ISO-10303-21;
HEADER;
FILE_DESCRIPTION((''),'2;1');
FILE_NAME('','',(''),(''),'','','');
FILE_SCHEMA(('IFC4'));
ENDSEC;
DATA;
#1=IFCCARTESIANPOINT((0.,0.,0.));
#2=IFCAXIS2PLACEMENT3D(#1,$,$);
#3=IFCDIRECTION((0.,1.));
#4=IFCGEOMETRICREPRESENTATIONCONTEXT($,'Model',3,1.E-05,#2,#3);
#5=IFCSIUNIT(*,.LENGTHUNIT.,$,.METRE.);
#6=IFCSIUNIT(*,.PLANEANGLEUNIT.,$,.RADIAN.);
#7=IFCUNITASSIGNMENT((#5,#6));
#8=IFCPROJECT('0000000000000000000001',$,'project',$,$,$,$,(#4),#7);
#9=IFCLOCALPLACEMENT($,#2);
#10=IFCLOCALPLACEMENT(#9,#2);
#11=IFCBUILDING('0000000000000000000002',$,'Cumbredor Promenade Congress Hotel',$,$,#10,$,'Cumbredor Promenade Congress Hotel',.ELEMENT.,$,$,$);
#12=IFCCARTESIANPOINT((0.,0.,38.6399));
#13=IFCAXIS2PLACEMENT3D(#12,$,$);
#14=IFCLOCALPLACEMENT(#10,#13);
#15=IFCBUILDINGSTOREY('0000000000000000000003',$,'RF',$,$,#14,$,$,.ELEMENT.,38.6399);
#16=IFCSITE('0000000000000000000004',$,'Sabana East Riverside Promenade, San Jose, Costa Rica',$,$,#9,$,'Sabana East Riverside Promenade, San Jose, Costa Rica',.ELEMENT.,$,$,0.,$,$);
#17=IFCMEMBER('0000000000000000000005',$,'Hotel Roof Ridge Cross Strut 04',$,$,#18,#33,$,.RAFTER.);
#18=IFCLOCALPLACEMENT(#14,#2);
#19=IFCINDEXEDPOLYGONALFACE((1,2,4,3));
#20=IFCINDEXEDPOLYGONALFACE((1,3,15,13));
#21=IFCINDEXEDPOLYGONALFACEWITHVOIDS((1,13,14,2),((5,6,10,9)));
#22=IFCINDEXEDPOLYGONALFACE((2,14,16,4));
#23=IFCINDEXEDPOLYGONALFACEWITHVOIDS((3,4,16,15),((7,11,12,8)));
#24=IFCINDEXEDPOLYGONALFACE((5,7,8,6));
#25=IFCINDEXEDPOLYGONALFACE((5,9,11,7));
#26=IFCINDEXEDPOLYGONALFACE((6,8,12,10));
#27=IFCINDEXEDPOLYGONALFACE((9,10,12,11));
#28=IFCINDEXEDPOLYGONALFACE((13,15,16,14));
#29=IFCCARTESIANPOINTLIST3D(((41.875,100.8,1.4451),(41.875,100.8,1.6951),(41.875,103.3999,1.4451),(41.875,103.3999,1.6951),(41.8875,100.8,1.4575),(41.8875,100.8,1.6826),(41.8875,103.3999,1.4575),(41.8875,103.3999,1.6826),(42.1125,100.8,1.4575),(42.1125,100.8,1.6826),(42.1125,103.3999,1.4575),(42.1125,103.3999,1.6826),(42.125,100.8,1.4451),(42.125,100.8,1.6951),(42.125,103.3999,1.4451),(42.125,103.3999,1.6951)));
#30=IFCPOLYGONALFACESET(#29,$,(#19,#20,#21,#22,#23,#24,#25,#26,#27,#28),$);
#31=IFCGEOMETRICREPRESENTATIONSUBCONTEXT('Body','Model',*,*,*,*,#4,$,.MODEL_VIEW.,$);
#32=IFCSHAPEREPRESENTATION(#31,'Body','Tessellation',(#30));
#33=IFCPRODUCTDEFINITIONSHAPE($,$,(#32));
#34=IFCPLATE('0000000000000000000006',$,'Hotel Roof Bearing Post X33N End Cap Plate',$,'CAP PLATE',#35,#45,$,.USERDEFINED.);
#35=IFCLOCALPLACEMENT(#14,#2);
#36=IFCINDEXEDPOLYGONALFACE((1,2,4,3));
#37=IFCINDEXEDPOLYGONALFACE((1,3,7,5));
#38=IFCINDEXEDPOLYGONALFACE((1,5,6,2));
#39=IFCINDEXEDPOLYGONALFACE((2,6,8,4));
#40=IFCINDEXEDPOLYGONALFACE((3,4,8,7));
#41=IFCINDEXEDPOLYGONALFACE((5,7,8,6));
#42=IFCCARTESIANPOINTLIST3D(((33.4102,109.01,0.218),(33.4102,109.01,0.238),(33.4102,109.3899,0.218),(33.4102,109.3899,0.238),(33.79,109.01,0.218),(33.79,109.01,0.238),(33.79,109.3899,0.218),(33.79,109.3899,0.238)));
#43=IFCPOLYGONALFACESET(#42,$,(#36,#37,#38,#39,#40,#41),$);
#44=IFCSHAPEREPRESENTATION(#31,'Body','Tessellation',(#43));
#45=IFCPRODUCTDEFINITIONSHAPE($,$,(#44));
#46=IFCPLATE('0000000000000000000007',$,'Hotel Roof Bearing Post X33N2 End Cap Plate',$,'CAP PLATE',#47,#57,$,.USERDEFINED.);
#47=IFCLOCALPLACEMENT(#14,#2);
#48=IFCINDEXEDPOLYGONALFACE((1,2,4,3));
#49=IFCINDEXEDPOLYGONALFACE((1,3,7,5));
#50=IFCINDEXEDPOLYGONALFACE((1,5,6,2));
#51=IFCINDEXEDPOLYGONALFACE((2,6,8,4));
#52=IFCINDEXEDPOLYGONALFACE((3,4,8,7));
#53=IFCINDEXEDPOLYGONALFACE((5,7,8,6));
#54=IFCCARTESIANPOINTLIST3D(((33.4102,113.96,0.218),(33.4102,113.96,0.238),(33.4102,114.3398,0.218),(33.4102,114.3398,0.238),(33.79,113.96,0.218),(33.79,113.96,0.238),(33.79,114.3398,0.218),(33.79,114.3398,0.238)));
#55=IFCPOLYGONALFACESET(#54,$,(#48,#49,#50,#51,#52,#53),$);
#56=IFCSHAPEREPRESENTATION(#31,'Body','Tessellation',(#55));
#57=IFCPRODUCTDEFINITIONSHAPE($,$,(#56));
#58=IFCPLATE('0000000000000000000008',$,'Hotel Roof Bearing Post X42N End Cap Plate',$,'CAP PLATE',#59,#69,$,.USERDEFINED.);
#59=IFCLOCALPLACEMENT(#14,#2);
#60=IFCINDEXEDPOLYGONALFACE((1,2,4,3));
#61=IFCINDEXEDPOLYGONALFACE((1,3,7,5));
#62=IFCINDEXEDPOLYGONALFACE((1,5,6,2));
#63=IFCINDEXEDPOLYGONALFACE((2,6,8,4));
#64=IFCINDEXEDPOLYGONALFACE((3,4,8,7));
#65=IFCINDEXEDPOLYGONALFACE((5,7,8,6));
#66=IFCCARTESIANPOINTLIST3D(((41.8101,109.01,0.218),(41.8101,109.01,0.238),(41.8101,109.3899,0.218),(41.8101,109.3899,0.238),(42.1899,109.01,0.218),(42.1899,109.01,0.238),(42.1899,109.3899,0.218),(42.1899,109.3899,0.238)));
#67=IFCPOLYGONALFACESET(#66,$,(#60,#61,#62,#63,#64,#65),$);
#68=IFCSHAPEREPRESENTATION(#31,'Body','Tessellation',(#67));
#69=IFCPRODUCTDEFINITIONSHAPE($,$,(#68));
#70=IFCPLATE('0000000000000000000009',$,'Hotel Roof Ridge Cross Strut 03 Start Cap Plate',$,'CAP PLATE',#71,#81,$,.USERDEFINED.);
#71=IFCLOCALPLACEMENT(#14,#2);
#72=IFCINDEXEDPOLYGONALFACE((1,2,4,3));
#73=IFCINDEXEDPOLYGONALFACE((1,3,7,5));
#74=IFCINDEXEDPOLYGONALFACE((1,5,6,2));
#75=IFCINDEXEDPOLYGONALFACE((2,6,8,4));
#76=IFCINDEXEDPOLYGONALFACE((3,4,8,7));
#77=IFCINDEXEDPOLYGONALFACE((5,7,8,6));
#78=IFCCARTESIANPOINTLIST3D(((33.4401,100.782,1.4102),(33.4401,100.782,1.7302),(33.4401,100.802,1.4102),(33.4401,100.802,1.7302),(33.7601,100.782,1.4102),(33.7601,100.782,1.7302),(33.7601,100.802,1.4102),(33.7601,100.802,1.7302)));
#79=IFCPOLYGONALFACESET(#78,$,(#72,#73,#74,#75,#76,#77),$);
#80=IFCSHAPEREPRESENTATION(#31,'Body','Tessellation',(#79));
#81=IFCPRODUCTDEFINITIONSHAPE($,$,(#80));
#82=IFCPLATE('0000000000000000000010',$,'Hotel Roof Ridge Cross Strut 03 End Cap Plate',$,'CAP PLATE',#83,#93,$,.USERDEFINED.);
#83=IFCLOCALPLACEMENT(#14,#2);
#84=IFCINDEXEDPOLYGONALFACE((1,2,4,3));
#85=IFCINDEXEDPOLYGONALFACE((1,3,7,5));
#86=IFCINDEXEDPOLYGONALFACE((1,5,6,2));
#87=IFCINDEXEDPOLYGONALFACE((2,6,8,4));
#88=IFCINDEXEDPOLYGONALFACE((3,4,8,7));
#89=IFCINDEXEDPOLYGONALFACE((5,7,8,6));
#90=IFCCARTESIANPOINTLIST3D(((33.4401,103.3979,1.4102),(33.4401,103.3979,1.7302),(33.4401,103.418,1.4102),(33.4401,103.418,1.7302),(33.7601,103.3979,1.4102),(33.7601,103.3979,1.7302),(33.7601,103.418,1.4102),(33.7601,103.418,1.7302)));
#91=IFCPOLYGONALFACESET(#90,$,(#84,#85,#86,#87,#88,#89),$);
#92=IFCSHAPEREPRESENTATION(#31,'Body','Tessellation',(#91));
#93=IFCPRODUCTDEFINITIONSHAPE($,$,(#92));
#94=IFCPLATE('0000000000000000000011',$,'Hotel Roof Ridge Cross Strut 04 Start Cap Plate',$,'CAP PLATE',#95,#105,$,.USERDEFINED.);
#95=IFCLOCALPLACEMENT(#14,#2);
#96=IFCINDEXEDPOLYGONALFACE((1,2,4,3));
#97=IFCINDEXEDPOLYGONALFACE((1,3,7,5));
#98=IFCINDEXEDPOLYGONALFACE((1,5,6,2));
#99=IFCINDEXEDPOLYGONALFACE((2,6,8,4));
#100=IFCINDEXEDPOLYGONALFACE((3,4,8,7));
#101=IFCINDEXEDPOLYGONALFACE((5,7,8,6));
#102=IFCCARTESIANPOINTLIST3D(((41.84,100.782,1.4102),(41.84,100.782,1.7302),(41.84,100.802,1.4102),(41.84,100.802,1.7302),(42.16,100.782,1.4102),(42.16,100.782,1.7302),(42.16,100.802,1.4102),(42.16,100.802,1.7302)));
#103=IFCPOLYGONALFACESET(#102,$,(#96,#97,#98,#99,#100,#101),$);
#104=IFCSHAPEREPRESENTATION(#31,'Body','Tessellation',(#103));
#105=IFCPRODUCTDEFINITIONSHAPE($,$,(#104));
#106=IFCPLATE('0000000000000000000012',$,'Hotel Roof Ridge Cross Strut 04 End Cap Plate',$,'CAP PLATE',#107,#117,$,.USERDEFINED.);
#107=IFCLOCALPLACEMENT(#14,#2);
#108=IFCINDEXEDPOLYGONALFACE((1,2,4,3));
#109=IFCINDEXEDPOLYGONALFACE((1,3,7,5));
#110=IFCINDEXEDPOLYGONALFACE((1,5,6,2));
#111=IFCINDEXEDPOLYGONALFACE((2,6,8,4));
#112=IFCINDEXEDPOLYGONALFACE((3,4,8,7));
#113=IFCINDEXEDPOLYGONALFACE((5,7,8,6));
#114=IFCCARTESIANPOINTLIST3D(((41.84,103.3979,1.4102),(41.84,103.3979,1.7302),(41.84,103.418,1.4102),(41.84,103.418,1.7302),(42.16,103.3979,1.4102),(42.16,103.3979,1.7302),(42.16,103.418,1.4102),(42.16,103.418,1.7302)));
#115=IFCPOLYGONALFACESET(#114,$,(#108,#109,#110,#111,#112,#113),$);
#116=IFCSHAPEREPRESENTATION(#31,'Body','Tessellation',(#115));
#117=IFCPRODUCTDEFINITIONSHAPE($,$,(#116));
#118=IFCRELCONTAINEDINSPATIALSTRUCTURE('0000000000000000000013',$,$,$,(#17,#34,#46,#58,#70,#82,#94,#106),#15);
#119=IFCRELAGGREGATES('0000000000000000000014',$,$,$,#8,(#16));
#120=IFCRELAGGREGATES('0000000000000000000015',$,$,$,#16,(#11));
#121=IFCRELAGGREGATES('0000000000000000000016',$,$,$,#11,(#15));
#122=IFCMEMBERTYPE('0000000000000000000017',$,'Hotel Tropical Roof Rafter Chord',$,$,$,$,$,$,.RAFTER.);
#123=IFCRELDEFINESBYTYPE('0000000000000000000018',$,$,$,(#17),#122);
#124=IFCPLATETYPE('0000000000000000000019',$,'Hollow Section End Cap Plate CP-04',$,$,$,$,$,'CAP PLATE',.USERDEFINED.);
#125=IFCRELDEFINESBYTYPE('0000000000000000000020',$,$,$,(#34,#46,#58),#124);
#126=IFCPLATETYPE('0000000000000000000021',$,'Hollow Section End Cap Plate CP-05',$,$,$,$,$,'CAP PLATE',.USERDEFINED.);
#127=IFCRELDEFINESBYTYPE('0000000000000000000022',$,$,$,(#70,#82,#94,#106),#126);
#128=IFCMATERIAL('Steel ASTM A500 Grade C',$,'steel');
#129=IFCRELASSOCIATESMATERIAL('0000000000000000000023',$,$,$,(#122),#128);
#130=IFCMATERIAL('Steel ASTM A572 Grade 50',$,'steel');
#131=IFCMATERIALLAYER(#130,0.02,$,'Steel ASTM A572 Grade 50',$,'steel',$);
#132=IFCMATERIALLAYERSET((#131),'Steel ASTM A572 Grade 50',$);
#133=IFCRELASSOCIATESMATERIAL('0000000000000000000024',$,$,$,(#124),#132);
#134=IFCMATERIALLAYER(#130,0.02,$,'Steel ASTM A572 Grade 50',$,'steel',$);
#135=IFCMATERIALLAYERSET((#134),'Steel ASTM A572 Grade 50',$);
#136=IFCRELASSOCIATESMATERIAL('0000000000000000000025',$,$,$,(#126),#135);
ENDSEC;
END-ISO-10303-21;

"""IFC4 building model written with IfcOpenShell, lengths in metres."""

from ifc_helpers import new_model, si_unit, direction, frame, origin, origin_2d, place, context, subcontext, project, spatial, rectangle, hollow_rectangle, extrude, material, layer, layer_set, material_profile, profile_set, type_object, element, save


model = new_model("IFC4")

# Units and contexts
model_context = context("Model", 3, precision=1e-05, world=origin(), true_north=direction((0.0, 1.0)))
body_context = subcontext(model_context, "Body", "Model", "MODEL_VIEW")
ifc_project = project(units=[si_unit("LENGTHUNIT", "METRE"), si_unit("PLANEANGLEUNIT", "RADIAN")], contexts=[model_context])

# Site, building, storey
site_placement = place(None, origin())
site = spatial("IfcSite", under=ifc_project, at=site_placement, Name="Sabana East Riverside Promenade, San Jose, Costa Rica", LongName="Sabana East Riverside Promenade, San Jose, Costa Rica", CompositionType="ELEMENT", RefElevation=0.0)
building_placement = place(site_placement, origin())
building = spatial("IfcBuilding", under=site, at=building_placement, Name="Cumbredor Promenade Congress Hotel", LongName="Cumbredor Promenade Congress Hotel", CompositionType="ELEMENT")
storey_placement = place(building_placement, frame((0.0, 0.0, 38.6399)))
storey = spatial("IfcBuildingStorey", under=building, at=storey_placement, Name="RF", CompositionType="ELEMENT", Elevation=38.6399)

# Shared definitions
ifc_material_1 = material(Name="Steel ASTM A500 Grade C", Category="steel")

# Member
ifc_material_profile_1 = material_profile(ifc_material_1, hollow_rectangle(XDim=0.25, YDim=0.25, WallThickness=0.0125, at=origin_2d()), Name="HSS 250x250x12.5")
ifc_profile_set_1 = profile_set([ifc_material_profile_1], Name="Steel ASTM A500 Grade C")
member_type = type_object("IfcMemberType", Name="Hotel Tropical Roof Rafter Chord", PredefinedType="RAFTER", material=ifc_profile_set_1)
for number, where, z_axis, x_axis, name in (
    (1, (42.0, 100.8, 1.5701), (0.0, 1.0, 0.0), (-1.0, 0.0, 0.0), "Hotel Roof Ridge Cross Strut 04"),
):
    element("IfcMember", number, at=place(storey_placement, frame(where, z_axis=z_axis, x_axis=x_axis)), inside=storey, type_object=member_type, Name=name, PredefinedType="RAFTER", context=body_context, shape_type="SweptSolid", body=[
        extrude(hollow_rectangle(XDim=0.25, YDim=0.25, WallThickness=0.0125, at=origin_2d()), origin(), (0.0, 0.0, 1.0), 2.5999),
    ])

# Plates
ifc_material_2 = material(Name="Steel ASTM A572 Grade 50", Category="steel")
ifc_layer_1 = layer(ifc_material_2, 0.02, Name="Steel ASTM A572 Grade 50", Category="steel")
ifc_layer_set_1 = layer_set([ifc_layer_1], Name="Steel ASTM A572 Grade 50")
plate_type_1 = type_object("IfcPlateType", Name="Hollow Section End Cap Plate CP-04", ElementType="CAP PLATE", PredefinedType="USERDEFINED", material=ifc_layer_set_1)
for number, where, z_axis, x_axis, name in (
    (2, (33.6001, 109.2, 0.218), (0.0, 0.0, 1.0), (1.0, 0.0, 0.0), "Hotel Roof Bearing Post X33N End Cap Plate"),
    (3, (33.6001, 114.1499, 0.218), (0.0, 0.0, 1.0), (1.0, 0.0, 0.0), "Hotel Roof Bearing Post X33N2 End Cap Plate"),
    (4, (42.0, 109.2, 0.218), (0.0, 0.0, 1.0), (1.0, 0.0, 0.0), "Hotel Roof Bearing Post X42N End Cap Plate"),
):
    element("IfcPlate", number, at=place(storey_placement, frame(where, z_axis=z_axis, x_axis=x_axis)), inside=storey, type_object=plate_type_1, Name=name, ObjectType="CAP PLATE", PredefinedType="USERDEFINED", context=body_context, shape_type="SweptSolid", body=[
        extrude(rectangle(XDim=0.3799, YDim=0.3799, at=origin_2d()), origin(), (0.0, 0.0, 1.0), 0.02),
    ])
ifc_layer_2 = layer(ifc_material_2, 0.02, Name="Steel ASTM A572 Grade 50", Category="steel")
ifc_layer_set_2 = layer_set([ifc_layer_2], Name="Steel ASTM A572 Grade 50")
plate_type_2 = type_object("IfcPlateType", Name="Hollow Section End Cap Plate CP-05", ElementType="CAP PLATE", PredefinedType="USERDEFINED", material=ifc_layer_set_2)
for number, where, z_axis, x_axis, name in (
    (5, (33.6001, 100.792, 1.4102), (0.0, 0.0, 1.0), (0.0, 1.0, 0.0), "Hotel Roof Ridge Cross Strut 03 Start Cap Plate"),
    (6, (33.6001, 103.408, 1.4102), (0.0, 0.0, 1.0), (0.0, 1.0, 0.0), "Hotel Roof Ridge Cross Strut 03 End Cap Plate"),
    (7, (42.0, 100.792, 1.4102), (0.0, 0.0, 1.0), (0.0, 1.0, 0.0), "Hotel Roof Ridge Cross Strut 04 Start Cap Plate"),
    (8, (42.0, 103.408, 1.4102), (0.0, 0.0, 1.0), (0.0, 1.0, 0.0), "Hotel Roof Ridge Cross Strut 04 End Cap Plate"),
):
    element("IfcPlate", number, at=place(storey_placement, frame(where, z_axis=z_axis, x_axis=x_axis)), inside=storey, type_object=plate_type_2, Name=name, ObjectType="CAP PLATE", PredefinedType="USERDEFINED", context=body_context, shape_type="SweptSolid", body=[
        extrude(rectangle(XDim=0.02, YDim=0.3201, at=origin_2d()), origin(), (0.0, 0.0, 1.0), 0.3201),
    ])

save(model, "model.ifc")
